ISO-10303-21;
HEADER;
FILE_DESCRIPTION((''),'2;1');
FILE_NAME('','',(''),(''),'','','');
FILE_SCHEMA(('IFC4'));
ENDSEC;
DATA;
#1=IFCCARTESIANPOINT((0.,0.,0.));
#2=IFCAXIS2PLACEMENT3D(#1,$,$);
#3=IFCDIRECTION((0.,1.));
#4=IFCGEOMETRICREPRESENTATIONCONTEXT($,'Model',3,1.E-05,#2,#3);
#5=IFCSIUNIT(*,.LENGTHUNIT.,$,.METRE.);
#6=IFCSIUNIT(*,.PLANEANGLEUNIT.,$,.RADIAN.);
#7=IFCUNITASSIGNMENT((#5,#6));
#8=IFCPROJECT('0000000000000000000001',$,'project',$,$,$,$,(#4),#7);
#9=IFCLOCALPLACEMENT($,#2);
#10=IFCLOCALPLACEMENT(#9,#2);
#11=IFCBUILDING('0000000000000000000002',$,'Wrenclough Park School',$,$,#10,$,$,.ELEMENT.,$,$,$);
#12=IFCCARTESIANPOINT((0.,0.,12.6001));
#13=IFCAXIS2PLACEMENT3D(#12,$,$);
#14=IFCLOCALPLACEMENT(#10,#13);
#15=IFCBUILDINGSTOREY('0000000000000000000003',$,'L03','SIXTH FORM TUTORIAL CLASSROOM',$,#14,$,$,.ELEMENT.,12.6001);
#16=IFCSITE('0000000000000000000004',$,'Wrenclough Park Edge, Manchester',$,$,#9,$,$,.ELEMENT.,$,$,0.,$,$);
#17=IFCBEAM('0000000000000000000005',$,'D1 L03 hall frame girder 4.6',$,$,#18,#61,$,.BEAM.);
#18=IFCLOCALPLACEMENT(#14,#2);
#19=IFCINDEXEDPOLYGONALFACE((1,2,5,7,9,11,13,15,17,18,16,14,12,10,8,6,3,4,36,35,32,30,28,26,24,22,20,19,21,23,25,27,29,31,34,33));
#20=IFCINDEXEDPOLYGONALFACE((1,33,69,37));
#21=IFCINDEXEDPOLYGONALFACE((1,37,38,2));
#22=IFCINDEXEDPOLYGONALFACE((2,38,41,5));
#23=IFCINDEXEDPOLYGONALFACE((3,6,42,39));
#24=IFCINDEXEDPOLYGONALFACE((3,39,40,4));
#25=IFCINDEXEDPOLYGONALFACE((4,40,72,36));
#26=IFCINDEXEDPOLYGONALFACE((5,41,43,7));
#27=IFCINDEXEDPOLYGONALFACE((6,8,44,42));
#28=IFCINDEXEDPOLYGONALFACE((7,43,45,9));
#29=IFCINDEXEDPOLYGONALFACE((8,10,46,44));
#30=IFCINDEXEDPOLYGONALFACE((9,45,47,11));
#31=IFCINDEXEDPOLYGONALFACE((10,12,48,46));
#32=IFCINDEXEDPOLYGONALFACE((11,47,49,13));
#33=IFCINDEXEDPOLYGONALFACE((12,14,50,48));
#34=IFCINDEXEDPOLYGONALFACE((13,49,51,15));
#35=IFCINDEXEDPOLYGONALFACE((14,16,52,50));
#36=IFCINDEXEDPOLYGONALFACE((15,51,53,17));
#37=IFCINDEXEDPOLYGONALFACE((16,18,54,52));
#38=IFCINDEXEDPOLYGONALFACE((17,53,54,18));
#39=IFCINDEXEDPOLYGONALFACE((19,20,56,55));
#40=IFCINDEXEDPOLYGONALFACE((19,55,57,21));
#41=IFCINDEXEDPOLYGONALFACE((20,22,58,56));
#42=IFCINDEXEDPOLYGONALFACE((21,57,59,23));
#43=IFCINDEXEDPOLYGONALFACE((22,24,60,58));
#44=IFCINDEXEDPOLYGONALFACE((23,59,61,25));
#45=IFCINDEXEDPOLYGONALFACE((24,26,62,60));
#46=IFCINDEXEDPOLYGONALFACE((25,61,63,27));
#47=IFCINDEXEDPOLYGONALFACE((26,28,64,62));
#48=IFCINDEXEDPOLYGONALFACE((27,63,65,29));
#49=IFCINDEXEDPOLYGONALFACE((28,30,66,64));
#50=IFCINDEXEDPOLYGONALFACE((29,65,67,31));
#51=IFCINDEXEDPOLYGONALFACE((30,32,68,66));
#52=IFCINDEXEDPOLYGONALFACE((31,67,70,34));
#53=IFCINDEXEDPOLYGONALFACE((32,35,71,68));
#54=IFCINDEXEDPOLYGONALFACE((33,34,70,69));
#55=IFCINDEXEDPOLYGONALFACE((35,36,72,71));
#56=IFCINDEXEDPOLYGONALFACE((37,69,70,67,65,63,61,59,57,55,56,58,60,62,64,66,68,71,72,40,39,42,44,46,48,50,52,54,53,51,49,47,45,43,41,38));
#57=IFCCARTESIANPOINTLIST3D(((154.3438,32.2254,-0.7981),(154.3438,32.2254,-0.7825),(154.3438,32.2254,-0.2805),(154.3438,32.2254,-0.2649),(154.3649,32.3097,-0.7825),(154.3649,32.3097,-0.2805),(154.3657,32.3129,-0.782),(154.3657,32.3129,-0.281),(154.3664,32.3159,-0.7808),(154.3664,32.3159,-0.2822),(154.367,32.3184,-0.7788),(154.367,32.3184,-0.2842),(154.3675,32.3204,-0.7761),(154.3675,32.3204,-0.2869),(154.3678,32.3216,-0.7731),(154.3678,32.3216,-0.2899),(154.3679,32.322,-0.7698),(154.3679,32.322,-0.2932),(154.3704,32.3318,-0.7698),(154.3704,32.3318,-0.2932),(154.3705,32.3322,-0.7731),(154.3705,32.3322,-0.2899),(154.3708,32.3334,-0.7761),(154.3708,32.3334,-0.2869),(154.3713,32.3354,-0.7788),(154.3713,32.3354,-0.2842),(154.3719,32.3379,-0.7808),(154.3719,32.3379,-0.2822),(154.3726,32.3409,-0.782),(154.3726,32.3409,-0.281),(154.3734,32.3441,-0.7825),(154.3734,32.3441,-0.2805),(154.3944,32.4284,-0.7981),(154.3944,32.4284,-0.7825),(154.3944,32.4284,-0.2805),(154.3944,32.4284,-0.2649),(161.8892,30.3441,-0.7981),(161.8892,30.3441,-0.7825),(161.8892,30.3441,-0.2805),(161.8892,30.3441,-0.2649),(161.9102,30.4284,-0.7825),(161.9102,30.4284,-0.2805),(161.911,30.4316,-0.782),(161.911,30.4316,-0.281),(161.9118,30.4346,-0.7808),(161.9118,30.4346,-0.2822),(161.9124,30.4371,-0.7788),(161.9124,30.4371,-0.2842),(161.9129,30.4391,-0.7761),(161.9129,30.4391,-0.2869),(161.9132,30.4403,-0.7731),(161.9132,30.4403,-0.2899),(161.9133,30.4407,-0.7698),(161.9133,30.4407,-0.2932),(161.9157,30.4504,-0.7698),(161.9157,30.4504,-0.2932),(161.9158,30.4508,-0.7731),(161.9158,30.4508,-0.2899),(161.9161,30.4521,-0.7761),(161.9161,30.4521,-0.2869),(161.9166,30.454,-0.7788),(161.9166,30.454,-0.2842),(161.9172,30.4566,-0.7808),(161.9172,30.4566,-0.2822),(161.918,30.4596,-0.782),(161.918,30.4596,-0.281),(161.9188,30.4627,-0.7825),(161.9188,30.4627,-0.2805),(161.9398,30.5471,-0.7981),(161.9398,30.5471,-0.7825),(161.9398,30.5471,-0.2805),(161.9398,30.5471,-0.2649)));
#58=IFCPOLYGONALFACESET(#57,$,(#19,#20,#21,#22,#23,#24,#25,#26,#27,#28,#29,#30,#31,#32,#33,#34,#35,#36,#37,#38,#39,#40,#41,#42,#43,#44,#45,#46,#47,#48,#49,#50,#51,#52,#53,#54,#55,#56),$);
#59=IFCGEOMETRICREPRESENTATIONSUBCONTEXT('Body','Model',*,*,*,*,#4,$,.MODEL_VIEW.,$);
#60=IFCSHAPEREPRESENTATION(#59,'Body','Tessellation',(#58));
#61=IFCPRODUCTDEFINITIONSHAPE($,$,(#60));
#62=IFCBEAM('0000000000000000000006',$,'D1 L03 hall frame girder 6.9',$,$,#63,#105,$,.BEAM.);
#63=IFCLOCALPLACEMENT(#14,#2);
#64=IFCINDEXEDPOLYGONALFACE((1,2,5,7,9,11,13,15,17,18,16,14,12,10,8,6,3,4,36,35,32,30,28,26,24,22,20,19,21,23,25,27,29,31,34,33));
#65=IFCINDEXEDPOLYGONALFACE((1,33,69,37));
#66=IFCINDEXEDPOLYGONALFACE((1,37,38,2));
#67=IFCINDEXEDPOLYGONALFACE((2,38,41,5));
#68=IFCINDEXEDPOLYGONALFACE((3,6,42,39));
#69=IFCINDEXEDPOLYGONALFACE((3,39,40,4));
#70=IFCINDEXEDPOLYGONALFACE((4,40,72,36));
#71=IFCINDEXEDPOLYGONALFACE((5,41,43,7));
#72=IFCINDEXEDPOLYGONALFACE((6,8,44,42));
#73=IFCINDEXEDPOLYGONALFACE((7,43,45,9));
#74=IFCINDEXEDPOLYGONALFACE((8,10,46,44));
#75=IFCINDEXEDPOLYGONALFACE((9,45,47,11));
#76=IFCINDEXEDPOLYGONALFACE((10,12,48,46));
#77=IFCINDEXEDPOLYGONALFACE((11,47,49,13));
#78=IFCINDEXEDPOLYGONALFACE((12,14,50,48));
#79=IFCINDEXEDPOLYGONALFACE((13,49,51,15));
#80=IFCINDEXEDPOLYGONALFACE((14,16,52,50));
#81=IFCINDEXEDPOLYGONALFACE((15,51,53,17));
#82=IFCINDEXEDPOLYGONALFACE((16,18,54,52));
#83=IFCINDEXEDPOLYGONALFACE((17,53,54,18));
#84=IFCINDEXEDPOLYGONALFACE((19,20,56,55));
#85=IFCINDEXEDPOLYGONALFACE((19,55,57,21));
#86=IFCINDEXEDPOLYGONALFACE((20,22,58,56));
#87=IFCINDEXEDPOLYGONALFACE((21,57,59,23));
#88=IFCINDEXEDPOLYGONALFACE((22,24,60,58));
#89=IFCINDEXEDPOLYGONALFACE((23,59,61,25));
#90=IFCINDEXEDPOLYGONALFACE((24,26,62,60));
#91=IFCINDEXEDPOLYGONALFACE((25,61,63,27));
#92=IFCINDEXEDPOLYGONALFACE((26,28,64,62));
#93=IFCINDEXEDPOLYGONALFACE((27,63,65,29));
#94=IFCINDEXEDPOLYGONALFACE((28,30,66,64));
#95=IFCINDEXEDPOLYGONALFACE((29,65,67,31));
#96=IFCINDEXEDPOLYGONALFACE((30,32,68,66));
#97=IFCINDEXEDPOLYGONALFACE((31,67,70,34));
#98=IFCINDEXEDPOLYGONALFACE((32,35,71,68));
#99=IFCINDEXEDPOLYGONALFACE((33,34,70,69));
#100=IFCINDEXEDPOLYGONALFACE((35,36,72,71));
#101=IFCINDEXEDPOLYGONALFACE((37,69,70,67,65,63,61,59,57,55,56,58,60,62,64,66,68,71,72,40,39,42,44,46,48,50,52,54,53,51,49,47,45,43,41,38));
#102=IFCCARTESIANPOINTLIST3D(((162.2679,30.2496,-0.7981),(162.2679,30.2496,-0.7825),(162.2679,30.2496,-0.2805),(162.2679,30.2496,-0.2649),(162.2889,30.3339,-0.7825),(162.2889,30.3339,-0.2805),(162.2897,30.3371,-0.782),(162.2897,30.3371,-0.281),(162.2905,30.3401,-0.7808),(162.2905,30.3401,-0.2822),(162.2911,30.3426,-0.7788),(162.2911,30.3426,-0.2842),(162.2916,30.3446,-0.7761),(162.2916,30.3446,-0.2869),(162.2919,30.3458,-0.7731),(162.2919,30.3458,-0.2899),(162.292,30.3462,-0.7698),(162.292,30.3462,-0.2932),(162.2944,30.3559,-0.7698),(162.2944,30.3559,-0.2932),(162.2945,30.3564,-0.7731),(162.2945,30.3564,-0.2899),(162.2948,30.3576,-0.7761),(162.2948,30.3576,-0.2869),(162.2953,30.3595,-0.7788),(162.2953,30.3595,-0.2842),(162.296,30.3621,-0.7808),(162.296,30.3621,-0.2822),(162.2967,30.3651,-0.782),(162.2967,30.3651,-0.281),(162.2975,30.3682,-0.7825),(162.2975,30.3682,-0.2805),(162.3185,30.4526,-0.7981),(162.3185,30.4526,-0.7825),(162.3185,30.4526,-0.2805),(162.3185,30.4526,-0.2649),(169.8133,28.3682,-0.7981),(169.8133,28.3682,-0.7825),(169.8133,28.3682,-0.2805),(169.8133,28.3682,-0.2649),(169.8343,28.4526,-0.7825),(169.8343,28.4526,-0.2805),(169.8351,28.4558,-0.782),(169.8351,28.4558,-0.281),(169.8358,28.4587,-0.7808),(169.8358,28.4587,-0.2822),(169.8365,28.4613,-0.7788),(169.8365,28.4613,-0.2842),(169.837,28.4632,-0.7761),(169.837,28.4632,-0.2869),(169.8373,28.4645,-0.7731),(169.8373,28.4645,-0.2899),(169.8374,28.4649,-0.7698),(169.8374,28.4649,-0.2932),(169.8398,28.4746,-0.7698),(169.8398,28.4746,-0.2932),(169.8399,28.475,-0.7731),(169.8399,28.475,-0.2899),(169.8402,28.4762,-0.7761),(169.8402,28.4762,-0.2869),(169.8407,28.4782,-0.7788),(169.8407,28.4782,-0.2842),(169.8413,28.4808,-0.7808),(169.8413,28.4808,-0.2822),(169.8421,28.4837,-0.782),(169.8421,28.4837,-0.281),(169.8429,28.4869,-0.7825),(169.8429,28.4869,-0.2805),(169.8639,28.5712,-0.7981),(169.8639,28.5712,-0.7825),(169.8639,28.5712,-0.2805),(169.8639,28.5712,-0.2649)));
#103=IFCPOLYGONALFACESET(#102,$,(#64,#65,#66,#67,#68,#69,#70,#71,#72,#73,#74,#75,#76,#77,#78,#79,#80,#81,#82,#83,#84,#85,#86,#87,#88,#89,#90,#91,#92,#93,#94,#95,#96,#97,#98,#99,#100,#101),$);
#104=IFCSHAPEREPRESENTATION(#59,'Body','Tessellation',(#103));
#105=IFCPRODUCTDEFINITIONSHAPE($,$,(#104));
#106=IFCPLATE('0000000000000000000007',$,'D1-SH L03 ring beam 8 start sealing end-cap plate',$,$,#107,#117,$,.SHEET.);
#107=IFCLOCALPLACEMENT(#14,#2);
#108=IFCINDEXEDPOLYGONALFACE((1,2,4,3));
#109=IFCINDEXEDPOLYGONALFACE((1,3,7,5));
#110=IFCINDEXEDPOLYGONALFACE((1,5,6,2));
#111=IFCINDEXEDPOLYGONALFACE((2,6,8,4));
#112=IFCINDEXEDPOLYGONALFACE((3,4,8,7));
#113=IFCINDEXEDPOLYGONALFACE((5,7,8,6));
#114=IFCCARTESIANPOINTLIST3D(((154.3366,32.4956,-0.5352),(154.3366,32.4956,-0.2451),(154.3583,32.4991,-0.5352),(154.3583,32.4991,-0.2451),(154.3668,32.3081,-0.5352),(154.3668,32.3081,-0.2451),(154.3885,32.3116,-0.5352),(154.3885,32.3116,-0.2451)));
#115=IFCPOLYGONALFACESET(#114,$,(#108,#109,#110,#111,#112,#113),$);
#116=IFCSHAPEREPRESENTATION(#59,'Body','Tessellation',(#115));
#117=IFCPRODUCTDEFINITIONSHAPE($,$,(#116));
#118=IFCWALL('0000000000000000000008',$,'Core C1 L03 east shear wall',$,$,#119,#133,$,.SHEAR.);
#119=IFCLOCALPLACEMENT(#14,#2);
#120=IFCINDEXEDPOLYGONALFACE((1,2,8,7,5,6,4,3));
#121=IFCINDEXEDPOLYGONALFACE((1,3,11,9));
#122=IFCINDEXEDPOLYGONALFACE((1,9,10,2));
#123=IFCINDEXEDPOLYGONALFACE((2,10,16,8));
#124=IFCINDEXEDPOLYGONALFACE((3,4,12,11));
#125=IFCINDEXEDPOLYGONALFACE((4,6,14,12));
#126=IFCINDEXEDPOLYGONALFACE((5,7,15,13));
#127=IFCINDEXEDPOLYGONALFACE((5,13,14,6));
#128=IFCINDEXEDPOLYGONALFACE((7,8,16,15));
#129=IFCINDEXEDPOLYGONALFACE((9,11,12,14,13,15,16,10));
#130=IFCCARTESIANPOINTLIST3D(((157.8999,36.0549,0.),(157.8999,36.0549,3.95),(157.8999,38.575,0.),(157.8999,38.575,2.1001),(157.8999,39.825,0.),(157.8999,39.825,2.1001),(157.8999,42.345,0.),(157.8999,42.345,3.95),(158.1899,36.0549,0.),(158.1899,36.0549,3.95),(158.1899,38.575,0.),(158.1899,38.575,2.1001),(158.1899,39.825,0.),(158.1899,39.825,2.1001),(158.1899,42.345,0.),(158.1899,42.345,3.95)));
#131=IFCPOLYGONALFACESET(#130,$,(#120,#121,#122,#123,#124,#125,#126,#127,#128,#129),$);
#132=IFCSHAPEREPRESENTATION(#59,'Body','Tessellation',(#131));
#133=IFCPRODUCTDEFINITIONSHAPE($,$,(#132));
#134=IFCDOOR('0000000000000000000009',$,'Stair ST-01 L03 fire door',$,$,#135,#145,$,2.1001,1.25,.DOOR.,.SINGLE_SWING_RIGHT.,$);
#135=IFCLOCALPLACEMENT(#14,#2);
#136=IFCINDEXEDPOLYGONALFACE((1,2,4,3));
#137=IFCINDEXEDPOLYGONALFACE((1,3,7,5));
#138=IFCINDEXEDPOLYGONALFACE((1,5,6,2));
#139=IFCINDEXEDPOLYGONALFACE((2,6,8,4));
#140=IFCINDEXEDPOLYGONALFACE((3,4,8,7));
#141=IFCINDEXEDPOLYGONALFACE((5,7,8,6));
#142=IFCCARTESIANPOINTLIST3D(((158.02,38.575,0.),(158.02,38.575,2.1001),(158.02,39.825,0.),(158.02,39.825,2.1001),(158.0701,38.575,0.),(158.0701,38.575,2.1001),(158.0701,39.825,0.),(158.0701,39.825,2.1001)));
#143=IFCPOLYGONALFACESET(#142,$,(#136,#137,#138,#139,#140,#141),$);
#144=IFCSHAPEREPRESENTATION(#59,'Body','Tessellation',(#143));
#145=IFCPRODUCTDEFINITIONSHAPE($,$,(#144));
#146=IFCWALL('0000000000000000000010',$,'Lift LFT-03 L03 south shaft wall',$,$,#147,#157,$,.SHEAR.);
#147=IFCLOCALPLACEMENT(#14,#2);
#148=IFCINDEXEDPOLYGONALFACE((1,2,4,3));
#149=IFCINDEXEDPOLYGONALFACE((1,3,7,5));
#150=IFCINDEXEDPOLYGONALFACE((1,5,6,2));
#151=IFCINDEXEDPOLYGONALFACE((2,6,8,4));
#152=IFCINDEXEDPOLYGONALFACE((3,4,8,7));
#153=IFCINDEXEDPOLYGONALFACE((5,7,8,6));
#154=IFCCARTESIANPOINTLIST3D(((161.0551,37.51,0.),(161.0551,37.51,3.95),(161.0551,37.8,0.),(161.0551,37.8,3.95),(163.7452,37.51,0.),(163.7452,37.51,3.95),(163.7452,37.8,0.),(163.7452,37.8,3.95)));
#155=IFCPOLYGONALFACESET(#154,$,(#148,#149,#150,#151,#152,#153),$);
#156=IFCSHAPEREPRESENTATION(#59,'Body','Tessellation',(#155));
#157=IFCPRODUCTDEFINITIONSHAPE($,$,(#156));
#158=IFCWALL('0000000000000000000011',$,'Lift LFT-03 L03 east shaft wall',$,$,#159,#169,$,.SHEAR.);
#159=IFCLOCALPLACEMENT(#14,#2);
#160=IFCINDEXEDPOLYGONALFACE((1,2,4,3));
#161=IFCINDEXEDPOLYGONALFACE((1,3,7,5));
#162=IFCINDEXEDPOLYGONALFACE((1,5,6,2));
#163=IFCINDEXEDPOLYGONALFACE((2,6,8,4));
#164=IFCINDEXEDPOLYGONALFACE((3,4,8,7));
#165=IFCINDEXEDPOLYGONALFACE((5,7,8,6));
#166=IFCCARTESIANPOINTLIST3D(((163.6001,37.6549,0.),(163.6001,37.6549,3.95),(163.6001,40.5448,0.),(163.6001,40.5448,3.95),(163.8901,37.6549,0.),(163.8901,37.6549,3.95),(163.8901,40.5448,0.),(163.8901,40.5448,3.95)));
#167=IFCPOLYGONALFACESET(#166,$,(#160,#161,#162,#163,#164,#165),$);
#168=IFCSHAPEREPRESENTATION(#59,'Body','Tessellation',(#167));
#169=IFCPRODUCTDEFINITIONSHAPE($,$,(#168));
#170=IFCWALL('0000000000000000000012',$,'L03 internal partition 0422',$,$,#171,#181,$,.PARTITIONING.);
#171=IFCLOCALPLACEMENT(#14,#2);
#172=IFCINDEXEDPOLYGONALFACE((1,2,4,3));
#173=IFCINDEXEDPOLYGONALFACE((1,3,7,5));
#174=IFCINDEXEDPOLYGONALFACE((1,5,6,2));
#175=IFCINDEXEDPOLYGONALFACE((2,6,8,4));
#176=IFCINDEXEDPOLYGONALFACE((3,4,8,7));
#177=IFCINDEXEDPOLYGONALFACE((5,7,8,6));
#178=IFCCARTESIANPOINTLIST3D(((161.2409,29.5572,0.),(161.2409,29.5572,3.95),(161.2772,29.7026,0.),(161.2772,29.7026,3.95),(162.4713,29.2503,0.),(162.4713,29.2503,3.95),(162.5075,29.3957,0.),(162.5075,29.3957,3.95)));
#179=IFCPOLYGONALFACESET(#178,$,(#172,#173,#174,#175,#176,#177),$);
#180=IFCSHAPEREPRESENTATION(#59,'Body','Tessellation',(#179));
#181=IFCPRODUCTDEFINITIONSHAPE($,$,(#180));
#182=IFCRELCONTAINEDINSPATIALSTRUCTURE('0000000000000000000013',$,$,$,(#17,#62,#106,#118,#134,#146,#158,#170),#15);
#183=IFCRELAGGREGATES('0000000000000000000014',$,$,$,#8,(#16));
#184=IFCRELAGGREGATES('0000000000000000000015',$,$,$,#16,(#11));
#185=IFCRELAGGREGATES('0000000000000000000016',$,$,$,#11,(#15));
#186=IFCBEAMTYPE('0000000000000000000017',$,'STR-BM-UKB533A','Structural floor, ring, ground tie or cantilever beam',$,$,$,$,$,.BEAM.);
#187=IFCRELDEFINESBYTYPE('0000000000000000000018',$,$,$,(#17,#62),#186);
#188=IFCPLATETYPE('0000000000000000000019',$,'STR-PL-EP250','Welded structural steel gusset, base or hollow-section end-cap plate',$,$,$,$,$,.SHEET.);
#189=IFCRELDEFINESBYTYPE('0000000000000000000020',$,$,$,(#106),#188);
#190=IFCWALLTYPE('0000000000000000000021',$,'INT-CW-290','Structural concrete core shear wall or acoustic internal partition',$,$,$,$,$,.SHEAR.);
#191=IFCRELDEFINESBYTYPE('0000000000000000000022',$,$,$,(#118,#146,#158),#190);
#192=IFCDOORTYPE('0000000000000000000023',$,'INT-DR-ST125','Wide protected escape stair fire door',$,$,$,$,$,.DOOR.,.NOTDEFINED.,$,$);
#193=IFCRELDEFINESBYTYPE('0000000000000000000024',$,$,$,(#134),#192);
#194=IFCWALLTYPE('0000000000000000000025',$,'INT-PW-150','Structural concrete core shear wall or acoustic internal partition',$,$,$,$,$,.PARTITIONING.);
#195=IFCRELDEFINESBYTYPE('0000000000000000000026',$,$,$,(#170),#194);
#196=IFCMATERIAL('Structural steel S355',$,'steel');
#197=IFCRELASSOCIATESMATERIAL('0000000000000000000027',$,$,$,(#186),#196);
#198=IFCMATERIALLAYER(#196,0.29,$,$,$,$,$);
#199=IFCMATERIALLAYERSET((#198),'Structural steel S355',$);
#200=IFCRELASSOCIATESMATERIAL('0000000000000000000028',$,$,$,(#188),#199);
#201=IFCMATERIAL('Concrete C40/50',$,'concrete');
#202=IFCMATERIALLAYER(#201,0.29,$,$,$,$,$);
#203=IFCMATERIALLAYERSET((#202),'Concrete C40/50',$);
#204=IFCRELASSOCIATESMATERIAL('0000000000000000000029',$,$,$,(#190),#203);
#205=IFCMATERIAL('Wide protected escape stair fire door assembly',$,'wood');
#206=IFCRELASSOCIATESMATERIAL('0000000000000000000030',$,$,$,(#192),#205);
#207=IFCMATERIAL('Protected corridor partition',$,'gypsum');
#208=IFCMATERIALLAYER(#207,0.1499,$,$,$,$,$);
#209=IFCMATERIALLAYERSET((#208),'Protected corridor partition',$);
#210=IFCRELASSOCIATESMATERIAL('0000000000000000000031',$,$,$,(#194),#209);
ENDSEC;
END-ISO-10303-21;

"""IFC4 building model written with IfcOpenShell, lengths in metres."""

from ifc_helpers import new_model, si_unit, direction, frame, frame_2d, origin, origin_2d, place, context, subcontext, project, spatial, rectangle, i_section, extrude, material, layer, layer_set, material_profile, profile_set, type_object, element, fill, save


model = new_model("IFC4")

# Units and contexts
model_context = context("Model", 3, precision=1e-05, world=origin(), true_north=direction((0.0, 1.0)))
body_context = subcontext(model_context, "Body", "Model", "MODEL_VIEW")
ifc_project = project(units=[si_unit("LENGTHUNIT", "METRE"), si_unit("PLANEANGLEUNIT", "RADIAN")], contexts=[model_context])

# Site, building, storey
site_placement = place(None, origin())
site = spatial("IfcSite", under=ifc_project, at=site_placement, Name="Wrenclough Park Edge, Manchester", CompositionType="ELEMENT", RefElevation=0.0)
building_placement = place(site_placement, origin())
building = spatial("IfcBuilding", under=site, at=building_placement, Name="Wrenclough Park School", CompositionType="ELEMENT")
storey_placement = place(building_placement, frame((0.0, 0.0, 12.6001)))
storey = spatial("IfcBuildingStorey", under=building, at=storey_placement, Name="L03", Description="SIXTH FORM TUTORIAL CLASSROOM", CompositionType="ELEMENT", Elevation=12.6001)

# Shared definitions
ifc_material_1 = material(Name="Structural steel S355", Category="steel")

# Beams
ifc_material_profile_1 = material_profile(ifc_material_1, i_section(OverallWidth=0.2092, OverallDepth=0.5332, WebThickness=0.01, FlangeThickness=0.0156, FilletRadius=0.0127, at=origin_2d()), Name="UKB 533x210x92")
ifc_profile_set_1 = profile_set([ifc_material_profile_1], Name="Structural steel S355")
beam_type_1 = type_object("IfcBeamType", Name="STR-BM-UKB533A", Description="Structural floor, ring, ground tie or cantilever beam", PredefinedType="BEAM", material=ifc_profile_set_1)
for number, where, z_axis, x_axis, name in (
    (1, (154.3691, 32.3269, -0.5315), (0.970294, -0.24193, 0.0), (0.24193, 0.970294, 0.0), "D1 L03 hall frame girder 4.6"),
    (2, (162.2932, 30.3511, -0.5315), (0.970294, -0.24193, 0.0), (0.24193, 0.970294, 0.0), "D1 L03 hall frame girder 6.9"),
):
    element("IfcBeam", number, at=place(storey_placement, frame(where, z_axis=z_axis, x_axis=x_axis)), inside=storey, type_object=beam_type_1, Name=name, PredefinedType="BEAM", context=body_context, shape_type="SweptSolid", body=[
        extrude(i_section(OverallWidth=0.2092, OverallDepth=0.5332, WebThickness=0.01, FlangeThickness=0.0156, FilletRadius=0.0127, at=origin_2d()), origin(), (0.0, 0.0, 1.0), 7.7764),
    ])

# Plate
ifc_layer_1 = layer(ifc_material_1, 0.29)
ifc_layer_set_1 = layer_set([ifc_layer_1], Name="Structural steel S355")
plate_type = type_object("IfcPlateType", Name="STR-PL-EP250", Description="Welded structural steel gusset, base or hollow-section end-cap plate", PredefinedType="SHEET", material=ifc_layer_set_1)
plate_placement = place(storey_placement, frame((154.3625, 32.4036, -0.5352), z_axis=(0.0, 0.0, 1.0), x_axis=(0.98722, 0.159364, 0.0)))
element("IfcPlate", 3, at=plate_placement, inside=storey, type_object=plate_type, Name="D1-SH L03 ring beam 8 start sealing end-cap plate", PredefinedType="SHEET", context=body_context, shape_type="SweptSolid", body=[
    extrude(rectangle(XDim=0.022, YDim=0.1899, at=origin_2d()), origin(), (0.0, 0.0, 1.0), 0.29),
])

# Wall, opening, door
ifc_material_2 = material(Name="Concrete C40/50", Category="concrete")
ifc_layer_2 = layer(ifc_material_2, 0.29)
ifc_layer_set_2 = layer_set([ifc_layer_2], Name="Concrete C40/50")
wall_type_1 = type_object("IfcWallType", Name="INT-CW-290", Description="Structural concrete core shear wall or acoustic internal partition", PredefinedType="SHEAR", material=ifc_layer_set_2)
wall_1_placement = place(storey_placement, frame((158.0449, 36.0549, 0.0), z_axis=(0.0, 0.0, 1.0), x_axis=(0.0, 1.0, 0.0)))
wall_1 = element("IfcWall", 4, at=wall_1_placement, inside=storey, type_object=wall_type_1, Name="Core C1 L03 east shear wall", PredefinedType="SHEAR", context=body_context, shape_type="SweptSolid", body=[
    extrude(rectangle(XDim=6.29, YDim=0.29, at=frame_2d((3.145, 0.0))), origin(), (0.0, 0.0, 1.0), 3.95),
])
opening_1_placement = place(wall_1_placement, frame((2.52, 0.0, 0.0)))
opening_1 = element("IfcOpeningElement", 5, at=opening_1_placement, cuts=wall_1, PredefinedType="OPENING", context=body_context, shape_type="SweptSolid", body=[
    extrude(rectangle(XDim=1.25, YDim=2.1001, at=frame_2d((0.625, 1.05))), frame((0.0, 0.155, 0.0), z_axis=(0.0, -1.0, 0.0), x_axis=(1.0, 0.0, 0.0)), (0.0, 0.0, 1.0), 0.3101),
])
ifc_material_3 = material(Name="Wide protected escape stair fire door assembly", Category="wood")
door_type_1 = type_object("IfcDoorType", Name="INT-DR-ST125", Description="Wide protected escape stair fire door", OperationType="NOTDEFINED", PredefinedType="DOOR", material=ifc_material_3)
door_1_placement = place(opening_1_placement, origin())
door_1 = element("IfcDoor", 6, at=door_1_placement, inside=storey, type_object=door_type_1, Name="Stair ST-01 L03 fire door", OperationType="SINGLE_SWING_RIGHT", OverallHeight=2.1001, OverallWidth=1.25, PredefinedType="DOOR", context=body_context, shape_type="SweptSolid", body=[
    extrude(rectangle(XDim=1.25, YDim=2.1001, at=frame_2d((0.625, 1.05))), frame((0.0, 0.0249, 0.0), z_axis=(0.0, -1.0, 0.0), x_axis=(1.0, 0.0, 0.0)), (0.0, 0.0, 1.0), 0.05),
])
fill(opening_1, door_1)

# Walls
wall_2_placement = place(storey_placement, frame((161.0549, 37.655, 0.0), z_axis=(0.0, 0.0, 1.0), x_axis=(1.0, 0.0, 0.0)))
element("IfcWall", 7, at=wall_2_placement, inside=storey, type_object=wall_type_1, Name="Lift LFT-03 L03 south shaft wall", PredefinedType="SHEAR", context=body_context, shape_type="SweptSolid", body=[
    extrude(rectangle(XDim=2.6902, YDim=0.29, at=frame_2d((1.3452, 0.0))), origin(), (0.0, 0.0, 1.0), 3.95),
])
wall_3_placement = place(storey_placement, frame((163.7451, 37.655, 0.0), z_axis=(0.0, 0.0, 1.0), x_axis=(0.0, 1.0, 0.0)))
element("IfcWall", 8, at=wall_3_placement, inside=storey, type_object=wall_type_1, Name="Lift LFT-03 L03 east shaft wall", PredefinedType="SHEAR", context=body_context, shape_type="SweptSolid", body=[
    extrude(rectangle(XDim=2.8899, YDim=0.29, at=frame_2d((1.4448, 0.0))), origin(), (0.0, 0.0, 1.0), 3.95),
])
ifc_material_4 = material(Name="Protected corridor partition", Category="gypsum")
ifc_layer_3 = layer(ifc_material_4, 0.1499)
ifc_layer_set_3 = layer_set([ifc_layer_3], Name="Protected corridor partition")
wall_type_2 = type_object("IfcWallType", Name="INT-PW-150", Description="Structural concrete core shear wall or acoustic internal partition", PredefinedType="PARTITIONING", material=ifc_layer_set_3)
wall_4_placement = place(storey_placement, frame((161.259, 29.6299, 0.0), z_axis=(0.0, 0.0, 1.0), x_axis=(0.970278, -0.241992, 0.0)))
element("IfcWall", 9, at=wall_4_placement, inside=storey, type_object=wall_type_2, Name="L03 internal partition 0422", PredefinedType="PARTITIONING", context=body_context, shape_type="SweptSolid", body=[
    extrude(rectangle(XDim=1.2681, YDim=0.1499, at=frame_2d((0.634, 0.0))), origin(), (0.0, 0.0, 1.0), 3.95),
])

save(model, "model.ifc")
